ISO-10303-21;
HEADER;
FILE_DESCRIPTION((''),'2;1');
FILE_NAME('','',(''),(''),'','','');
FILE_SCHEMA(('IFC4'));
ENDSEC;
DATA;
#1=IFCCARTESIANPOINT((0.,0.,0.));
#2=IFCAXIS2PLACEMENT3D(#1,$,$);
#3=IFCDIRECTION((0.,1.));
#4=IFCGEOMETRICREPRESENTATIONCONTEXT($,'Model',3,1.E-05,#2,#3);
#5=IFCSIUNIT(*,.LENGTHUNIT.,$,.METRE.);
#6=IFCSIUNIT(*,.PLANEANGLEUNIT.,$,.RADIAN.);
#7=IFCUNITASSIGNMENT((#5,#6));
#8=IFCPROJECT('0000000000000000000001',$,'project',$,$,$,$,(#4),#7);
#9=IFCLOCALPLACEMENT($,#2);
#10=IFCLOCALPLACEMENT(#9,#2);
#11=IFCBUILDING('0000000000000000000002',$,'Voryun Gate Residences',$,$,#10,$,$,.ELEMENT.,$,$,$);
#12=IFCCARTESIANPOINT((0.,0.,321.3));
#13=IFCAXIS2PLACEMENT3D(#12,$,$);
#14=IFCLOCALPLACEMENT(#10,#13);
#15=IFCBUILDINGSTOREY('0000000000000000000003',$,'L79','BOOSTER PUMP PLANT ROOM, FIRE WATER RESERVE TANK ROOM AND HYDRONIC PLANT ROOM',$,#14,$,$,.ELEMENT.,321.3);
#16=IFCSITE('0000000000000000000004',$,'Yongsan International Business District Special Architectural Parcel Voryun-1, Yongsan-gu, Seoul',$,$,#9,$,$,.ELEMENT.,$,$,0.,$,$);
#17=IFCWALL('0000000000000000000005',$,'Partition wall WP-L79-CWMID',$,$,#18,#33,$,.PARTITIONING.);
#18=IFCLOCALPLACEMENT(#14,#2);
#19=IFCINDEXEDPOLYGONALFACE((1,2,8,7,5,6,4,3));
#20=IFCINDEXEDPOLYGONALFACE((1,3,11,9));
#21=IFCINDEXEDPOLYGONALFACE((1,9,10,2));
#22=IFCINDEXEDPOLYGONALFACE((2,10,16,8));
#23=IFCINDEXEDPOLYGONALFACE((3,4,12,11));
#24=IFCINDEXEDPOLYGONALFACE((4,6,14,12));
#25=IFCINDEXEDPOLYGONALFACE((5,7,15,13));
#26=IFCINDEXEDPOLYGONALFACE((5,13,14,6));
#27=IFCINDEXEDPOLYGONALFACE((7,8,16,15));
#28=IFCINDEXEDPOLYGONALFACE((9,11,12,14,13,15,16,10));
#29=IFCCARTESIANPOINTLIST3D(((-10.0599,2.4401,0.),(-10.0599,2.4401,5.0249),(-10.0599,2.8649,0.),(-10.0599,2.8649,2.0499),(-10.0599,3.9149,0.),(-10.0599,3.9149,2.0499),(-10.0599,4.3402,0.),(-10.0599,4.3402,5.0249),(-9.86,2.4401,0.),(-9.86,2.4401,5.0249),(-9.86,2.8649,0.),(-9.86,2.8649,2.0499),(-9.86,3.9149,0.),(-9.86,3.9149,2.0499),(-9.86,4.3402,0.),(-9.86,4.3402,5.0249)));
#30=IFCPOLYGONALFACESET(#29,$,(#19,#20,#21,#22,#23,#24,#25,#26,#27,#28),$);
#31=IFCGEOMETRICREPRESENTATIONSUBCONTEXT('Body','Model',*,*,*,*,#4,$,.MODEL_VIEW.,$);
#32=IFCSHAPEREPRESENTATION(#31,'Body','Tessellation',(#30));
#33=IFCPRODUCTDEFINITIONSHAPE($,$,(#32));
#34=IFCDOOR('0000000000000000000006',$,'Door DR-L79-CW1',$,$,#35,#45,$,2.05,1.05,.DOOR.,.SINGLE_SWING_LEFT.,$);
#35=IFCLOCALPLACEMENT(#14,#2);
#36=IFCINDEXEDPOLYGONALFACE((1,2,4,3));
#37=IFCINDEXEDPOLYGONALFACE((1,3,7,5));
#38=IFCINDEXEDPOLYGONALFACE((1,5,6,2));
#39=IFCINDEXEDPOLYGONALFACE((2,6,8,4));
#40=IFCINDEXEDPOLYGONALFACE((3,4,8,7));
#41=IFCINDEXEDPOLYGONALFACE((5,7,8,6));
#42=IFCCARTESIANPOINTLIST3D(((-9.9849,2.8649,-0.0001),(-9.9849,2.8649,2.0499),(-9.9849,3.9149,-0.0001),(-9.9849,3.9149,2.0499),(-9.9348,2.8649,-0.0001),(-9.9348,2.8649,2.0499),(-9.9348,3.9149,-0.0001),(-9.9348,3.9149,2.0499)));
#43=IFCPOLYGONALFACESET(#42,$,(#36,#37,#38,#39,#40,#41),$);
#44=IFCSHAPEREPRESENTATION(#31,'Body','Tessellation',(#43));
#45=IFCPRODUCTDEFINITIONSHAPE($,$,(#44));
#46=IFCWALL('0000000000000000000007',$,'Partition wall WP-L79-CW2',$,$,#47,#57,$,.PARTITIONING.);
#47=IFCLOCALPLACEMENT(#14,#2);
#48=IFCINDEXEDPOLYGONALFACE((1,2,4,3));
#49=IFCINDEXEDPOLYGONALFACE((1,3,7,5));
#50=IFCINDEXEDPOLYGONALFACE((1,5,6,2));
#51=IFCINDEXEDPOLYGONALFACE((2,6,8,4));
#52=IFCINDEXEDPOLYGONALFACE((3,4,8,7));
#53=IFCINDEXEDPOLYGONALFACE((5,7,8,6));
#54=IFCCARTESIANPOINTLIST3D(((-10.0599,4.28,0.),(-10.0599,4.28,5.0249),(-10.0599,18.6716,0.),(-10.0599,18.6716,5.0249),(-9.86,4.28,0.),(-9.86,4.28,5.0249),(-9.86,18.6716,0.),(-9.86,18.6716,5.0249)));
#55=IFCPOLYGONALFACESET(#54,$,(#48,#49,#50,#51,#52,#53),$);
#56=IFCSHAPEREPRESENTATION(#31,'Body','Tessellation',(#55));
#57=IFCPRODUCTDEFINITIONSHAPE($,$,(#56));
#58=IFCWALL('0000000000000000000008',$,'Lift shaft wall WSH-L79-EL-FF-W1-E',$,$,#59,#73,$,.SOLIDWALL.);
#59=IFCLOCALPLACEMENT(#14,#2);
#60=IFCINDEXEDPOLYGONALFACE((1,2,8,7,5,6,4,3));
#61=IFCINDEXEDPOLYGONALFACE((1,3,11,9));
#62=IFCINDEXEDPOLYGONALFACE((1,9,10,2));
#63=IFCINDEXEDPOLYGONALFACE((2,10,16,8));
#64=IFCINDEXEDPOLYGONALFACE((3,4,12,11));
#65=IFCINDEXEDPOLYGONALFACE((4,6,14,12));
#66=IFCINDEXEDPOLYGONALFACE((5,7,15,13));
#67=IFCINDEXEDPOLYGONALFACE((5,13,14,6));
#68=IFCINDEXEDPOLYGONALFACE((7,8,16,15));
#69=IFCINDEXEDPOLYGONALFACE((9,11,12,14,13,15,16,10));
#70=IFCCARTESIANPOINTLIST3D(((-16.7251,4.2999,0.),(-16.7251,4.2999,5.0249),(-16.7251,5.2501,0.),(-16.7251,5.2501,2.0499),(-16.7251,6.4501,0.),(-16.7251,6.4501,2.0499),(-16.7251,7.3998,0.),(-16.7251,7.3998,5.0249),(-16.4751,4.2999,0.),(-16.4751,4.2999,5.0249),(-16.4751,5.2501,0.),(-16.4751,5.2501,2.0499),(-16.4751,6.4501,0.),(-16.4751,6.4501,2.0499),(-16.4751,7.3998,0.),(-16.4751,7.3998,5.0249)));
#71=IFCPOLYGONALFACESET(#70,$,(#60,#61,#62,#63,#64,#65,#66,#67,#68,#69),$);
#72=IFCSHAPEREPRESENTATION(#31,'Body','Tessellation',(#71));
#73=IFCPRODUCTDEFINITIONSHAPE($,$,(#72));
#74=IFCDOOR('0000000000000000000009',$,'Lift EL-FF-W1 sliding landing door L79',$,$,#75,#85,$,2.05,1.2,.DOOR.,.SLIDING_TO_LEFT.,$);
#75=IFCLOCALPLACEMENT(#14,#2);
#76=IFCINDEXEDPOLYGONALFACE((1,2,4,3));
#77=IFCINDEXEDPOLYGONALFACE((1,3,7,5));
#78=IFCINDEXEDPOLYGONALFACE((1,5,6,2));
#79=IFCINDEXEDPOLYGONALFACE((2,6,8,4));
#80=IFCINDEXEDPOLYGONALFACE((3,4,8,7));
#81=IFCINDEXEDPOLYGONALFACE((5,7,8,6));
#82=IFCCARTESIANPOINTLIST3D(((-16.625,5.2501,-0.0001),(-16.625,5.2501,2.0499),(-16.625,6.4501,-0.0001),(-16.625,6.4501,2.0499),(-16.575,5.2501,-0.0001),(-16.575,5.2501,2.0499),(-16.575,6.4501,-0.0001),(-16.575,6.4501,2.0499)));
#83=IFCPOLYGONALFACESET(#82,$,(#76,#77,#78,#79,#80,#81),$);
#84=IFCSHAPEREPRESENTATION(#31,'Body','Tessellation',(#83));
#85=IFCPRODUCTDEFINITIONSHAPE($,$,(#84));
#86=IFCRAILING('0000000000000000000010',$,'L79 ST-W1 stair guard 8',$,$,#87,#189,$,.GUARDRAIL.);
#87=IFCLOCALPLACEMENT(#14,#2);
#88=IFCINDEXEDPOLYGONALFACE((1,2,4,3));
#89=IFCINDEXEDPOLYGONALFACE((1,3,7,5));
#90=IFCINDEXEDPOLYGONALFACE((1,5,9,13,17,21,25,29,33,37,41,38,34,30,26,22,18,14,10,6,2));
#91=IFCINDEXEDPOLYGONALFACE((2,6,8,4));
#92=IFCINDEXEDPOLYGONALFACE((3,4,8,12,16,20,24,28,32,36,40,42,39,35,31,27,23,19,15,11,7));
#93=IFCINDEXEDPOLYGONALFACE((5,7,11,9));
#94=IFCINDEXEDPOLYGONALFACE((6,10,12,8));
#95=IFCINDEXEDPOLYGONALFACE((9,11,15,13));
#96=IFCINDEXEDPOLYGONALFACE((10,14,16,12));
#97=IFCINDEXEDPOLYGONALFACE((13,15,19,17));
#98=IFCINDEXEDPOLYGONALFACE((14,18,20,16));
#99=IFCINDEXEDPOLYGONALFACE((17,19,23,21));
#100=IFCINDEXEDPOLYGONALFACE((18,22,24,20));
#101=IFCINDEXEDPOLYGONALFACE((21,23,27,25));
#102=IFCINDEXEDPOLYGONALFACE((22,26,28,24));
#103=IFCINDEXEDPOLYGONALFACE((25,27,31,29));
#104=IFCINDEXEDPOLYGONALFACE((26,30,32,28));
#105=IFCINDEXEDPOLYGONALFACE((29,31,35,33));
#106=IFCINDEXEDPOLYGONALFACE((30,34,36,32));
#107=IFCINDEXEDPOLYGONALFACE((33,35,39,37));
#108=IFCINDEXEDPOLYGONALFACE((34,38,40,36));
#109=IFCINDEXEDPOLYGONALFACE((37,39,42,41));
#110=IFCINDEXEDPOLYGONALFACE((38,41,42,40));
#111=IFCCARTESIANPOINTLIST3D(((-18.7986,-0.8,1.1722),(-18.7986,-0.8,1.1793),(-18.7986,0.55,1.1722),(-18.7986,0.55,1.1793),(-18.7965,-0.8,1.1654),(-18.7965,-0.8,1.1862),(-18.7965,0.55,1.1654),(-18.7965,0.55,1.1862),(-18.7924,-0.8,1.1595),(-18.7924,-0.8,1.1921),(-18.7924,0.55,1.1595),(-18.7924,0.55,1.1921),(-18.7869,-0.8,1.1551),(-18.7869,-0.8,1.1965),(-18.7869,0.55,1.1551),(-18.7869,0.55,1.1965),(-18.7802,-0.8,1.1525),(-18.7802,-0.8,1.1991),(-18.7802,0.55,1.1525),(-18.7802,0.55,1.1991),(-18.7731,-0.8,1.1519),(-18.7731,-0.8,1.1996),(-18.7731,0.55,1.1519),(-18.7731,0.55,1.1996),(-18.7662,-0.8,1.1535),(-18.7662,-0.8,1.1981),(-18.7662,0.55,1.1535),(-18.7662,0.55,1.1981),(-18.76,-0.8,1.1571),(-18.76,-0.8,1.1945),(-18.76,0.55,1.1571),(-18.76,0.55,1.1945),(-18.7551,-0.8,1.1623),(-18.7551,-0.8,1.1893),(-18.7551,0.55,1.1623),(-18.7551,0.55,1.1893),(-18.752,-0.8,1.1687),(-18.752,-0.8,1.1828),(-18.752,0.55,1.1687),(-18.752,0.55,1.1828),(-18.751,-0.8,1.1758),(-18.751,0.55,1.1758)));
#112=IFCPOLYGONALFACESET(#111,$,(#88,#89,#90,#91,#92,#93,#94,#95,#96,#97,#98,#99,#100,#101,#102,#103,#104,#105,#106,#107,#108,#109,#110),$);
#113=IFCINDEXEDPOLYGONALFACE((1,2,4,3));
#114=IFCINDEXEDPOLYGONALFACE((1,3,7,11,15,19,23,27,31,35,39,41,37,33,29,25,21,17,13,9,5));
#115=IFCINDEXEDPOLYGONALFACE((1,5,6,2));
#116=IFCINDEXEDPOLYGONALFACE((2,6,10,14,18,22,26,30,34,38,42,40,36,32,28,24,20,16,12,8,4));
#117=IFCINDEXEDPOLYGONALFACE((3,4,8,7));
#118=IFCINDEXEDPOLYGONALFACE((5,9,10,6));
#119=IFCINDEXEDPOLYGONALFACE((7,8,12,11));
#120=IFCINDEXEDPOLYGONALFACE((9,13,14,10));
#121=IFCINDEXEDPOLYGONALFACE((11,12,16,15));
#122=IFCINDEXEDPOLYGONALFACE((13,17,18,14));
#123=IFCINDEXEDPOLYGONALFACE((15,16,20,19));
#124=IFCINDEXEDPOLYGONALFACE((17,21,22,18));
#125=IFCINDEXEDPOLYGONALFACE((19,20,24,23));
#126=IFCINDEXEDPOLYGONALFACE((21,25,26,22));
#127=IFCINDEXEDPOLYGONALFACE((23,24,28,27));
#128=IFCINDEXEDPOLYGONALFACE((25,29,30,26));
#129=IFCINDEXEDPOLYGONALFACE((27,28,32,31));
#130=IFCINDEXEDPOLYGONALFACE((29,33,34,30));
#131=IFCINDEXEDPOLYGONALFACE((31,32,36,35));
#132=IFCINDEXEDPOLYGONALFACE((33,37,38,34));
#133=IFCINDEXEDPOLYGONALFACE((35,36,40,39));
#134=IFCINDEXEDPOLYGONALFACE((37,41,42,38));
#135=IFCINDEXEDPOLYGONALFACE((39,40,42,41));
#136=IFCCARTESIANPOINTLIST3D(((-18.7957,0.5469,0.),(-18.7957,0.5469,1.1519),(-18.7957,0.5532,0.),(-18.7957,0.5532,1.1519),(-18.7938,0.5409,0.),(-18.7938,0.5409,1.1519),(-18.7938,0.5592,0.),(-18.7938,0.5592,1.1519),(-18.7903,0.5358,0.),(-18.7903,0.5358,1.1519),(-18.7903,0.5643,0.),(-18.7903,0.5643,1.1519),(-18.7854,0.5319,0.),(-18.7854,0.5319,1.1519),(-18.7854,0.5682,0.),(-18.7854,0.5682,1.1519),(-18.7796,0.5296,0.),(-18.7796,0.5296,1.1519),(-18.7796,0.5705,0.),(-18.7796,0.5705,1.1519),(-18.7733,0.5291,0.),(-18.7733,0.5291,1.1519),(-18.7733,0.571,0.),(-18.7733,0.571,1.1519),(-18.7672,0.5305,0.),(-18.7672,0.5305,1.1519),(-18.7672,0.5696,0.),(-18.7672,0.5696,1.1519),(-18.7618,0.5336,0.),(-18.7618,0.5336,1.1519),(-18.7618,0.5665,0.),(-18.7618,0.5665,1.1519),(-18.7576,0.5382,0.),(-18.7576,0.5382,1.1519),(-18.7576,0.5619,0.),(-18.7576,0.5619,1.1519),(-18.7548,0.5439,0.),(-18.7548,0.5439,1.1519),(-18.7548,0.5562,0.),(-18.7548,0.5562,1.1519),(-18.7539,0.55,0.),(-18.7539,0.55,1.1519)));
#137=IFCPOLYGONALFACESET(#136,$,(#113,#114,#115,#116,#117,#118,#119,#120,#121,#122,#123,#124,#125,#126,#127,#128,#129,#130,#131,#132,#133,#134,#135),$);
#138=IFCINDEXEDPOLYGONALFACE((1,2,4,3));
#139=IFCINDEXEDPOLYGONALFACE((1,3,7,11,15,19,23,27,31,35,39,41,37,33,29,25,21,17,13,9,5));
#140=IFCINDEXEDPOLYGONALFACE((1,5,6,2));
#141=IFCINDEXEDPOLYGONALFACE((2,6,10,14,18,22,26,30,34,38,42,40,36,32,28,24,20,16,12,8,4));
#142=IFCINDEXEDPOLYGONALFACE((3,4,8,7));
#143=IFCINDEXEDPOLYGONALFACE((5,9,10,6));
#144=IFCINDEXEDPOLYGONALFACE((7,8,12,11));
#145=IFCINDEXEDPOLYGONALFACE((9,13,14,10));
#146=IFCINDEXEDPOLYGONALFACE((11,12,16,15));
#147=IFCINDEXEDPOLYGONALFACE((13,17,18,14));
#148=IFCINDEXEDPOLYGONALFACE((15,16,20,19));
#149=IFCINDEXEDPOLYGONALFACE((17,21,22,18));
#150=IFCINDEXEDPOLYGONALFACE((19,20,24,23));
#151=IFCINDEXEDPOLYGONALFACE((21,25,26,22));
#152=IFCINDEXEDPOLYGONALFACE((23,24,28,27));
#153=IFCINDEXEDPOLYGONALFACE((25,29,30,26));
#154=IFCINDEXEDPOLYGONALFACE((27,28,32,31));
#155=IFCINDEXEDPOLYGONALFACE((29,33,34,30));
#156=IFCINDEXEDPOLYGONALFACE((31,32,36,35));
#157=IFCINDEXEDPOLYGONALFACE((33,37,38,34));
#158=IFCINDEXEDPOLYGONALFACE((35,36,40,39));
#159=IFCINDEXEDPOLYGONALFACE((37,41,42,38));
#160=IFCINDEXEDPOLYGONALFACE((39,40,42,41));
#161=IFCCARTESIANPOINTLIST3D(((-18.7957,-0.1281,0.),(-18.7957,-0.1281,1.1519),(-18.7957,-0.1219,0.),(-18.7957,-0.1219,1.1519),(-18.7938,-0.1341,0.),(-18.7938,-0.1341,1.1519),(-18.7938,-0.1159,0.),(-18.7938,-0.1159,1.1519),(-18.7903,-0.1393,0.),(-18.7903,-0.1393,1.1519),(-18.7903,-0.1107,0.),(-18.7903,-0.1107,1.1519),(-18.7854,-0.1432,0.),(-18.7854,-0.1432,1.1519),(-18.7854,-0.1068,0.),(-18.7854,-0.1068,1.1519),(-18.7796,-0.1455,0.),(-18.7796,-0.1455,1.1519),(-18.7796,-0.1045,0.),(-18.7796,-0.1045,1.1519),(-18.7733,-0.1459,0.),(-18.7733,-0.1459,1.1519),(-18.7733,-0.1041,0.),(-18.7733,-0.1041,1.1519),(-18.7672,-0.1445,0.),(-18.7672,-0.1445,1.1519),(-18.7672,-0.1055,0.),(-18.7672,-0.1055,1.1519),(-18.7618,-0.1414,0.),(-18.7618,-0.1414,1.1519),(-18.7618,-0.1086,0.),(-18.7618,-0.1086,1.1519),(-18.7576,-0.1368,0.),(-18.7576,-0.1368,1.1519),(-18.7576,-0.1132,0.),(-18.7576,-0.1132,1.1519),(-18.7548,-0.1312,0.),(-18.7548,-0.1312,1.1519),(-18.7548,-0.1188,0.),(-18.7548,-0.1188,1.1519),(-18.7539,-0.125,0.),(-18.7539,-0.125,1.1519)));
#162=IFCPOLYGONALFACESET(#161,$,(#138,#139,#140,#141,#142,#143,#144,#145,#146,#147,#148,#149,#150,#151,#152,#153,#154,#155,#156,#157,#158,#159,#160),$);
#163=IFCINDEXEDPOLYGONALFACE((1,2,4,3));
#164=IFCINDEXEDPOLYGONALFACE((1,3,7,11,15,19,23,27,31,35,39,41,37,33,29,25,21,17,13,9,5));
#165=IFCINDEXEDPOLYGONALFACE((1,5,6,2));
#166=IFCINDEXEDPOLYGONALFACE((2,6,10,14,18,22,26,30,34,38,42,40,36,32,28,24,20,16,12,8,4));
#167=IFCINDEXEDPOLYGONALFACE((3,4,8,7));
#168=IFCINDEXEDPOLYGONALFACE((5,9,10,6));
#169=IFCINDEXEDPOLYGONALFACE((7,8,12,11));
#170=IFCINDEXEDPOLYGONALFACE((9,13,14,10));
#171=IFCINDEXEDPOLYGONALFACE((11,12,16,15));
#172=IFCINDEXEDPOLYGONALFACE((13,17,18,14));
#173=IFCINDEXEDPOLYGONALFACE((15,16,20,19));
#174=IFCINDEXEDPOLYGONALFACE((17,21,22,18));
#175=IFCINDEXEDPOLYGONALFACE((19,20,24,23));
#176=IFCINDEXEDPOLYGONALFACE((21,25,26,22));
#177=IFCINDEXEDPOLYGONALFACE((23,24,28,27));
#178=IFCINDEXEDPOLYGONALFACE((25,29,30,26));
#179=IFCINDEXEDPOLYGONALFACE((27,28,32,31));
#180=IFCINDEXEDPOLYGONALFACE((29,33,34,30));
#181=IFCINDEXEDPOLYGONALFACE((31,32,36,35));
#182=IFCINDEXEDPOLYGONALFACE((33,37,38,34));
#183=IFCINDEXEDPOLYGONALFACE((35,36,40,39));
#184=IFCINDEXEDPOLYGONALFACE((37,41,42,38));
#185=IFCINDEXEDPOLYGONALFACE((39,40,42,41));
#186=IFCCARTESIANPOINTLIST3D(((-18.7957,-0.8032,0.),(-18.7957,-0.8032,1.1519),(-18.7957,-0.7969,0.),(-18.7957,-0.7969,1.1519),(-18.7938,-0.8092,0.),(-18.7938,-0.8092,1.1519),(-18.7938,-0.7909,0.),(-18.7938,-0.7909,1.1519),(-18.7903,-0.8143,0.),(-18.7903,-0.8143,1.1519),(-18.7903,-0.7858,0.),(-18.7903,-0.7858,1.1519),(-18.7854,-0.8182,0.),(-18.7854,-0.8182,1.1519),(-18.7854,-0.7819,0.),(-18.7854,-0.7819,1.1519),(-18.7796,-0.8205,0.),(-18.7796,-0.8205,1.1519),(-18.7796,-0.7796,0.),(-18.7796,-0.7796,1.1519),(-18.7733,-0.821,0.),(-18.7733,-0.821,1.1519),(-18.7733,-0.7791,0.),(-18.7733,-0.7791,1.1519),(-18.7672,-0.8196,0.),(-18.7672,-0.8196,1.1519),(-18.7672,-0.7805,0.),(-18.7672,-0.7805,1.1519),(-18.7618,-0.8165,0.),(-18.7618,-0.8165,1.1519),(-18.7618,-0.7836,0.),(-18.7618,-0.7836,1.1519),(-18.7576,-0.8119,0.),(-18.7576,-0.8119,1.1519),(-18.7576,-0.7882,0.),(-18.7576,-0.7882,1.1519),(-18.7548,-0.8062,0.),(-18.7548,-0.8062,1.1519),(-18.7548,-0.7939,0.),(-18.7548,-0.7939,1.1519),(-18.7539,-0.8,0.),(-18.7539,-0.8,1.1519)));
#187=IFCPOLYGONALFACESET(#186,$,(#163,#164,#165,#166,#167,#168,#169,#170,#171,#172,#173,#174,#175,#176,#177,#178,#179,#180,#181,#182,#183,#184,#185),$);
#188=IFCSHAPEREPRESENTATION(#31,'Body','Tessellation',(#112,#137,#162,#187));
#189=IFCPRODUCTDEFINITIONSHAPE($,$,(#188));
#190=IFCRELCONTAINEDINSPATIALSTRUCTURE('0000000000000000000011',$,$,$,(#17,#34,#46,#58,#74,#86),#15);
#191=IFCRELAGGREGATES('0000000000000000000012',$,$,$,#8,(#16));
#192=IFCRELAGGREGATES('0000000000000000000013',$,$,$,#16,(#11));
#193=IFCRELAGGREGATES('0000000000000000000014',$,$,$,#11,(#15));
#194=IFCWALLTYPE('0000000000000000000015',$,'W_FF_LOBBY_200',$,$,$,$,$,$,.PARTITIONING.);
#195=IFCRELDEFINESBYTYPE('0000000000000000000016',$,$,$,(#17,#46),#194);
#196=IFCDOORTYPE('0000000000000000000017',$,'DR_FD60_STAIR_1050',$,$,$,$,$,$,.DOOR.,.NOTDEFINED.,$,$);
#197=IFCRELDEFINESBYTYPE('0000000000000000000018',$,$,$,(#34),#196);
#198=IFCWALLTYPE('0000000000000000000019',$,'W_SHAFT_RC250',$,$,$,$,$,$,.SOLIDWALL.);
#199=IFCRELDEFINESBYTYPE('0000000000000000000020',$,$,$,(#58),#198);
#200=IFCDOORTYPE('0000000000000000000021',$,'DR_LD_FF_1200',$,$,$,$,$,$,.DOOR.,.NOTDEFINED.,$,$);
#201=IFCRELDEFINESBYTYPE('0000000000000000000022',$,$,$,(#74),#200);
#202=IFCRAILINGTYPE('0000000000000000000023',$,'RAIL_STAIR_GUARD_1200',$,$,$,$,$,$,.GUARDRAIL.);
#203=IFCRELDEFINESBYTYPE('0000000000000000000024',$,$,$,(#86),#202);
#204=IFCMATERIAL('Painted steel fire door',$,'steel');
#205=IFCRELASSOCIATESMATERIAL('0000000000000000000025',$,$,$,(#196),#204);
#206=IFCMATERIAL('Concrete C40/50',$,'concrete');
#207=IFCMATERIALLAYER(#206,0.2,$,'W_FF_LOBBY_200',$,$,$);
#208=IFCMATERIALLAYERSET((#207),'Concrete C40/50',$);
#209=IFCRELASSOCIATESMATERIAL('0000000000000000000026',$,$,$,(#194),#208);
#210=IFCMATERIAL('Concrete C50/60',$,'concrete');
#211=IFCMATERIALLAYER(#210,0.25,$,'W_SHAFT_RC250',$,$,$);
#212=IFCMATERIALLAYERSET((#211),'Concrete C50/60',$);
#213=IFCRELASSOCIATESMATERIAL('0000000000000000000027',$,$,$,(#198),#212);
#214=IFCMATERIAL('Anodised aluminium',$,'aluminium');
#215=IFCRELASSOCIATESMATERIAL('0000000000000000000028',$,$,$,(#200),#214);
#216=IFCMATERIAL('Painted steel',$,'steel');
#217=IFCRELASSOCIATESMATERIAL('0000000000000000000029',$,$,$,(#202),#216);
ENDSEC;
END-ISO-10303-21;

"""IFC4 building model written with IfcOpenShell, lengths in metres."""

from ifc_helpers import new_model, si_unit, direction, frame, frame_2d, origin, origin_2d, place, context, subcontext, project, spatial, rectangle, circle, extrude, material, layer, layer_set, type_object, element, fill, save


model = new_model("IFC4")

# Units and contexts
model_context = context("Model", 3, precision=1e-05, world=origin(), true_north=direction((0.0, 1.0)))
body_context = subcontext(model_context, "Body", "Model", "MODEL_VIEW")
ifc_project = project(units=[si_unit("LENGTHUNIT", "METRE"), si_unit("PLANEANGLEUNIT", "RADIAN")], contexts=[model_context])

# Site, building, storey
site_placement = place(None, origin())
site = spatial("IfcSite", under=ifc_project, at=site_placement, Name="Yongsan International Business District Special Architectural Parcel Voryun-1, Yongsan-gu, Seoul", CompositionType="ELEMENT", RefElevation=0.0)
building_placement = place(site_placement, origin())
building = spatial("IfcBuilding", under=site, at=building_placement, Name="Voryun Gate Residences", CompositionType="ELEMENT")
storey_placement = place(building_placement, frame((0.0, 0.0, 321.3)))
storey = spatial("IfcBuildingStorey", under=building, at=storey_placement, Name="L79", Description="BOOSTER PUMP PLANT ROOM, FIRE WATER RESERVE TANK ROOM AND HYDRONIC PLANT ROOM", CompositionType="ELEMENT", Elevation=321.3)

# Shared definitions
ifc_material_1 = material(Name="Painted steel fire door", Category="steel")
door_type_1 = type_object("IfcDoorType", Name="DR_FD60_STAIR_1050", OperationType="NOTDEFINED", PredefinedType="DOOR", material=ifc_material_1)

# Shared definitions
ifc_material_2 = material(Name="Concrete C40/50", Category="concrete")
ifc_layer_1 = layer(ifc_material_2, 0.2, Name="W_FF_LOBBY_200")
ifc_layer_set_1 = layer_set([ifc_layer_1], Name="Concrete C40/50")
wall_type_1 = type_object("IfcWallType", Name="W_FF_LOBBY_200", PredefinedType="PARTITIONING", material=ifc_layer_set_1)

# Wall, opening, door
wall_1_placement = place(storey_placement, frame((-9.96, 2.4399, 0.0), z_axis=(0.0, 0.0, 1.0), x_axis=(0.0, 1.0, 0.0)))
wall_1 = element("IfcWall", 1, at=wall_1_placement, inside=storey, type_object=wall_type_1, Name="Partition wall WP-L79-CWMID", PredefinedType="PARTITIONING", context=body_context, shape_type="SweptSolid", body=[
    extrude(rectangle(XDim=1.9001, YDim=0.2, at=frame_2d((0.9502, 0.0))), origin(), (0.0, 0.0, 1.0), 5.0249),
])
opening_1_placement = place(wall_1_placement, frame((0.425, 0.0, 0.0)))
opening_1 = element("IfcOpeningElement", 2, at=opening_1_placement, cuts=wall_1, PredefinedType="OPENING", context=body_context, shape_type="SweptSolid", body=[
    extrude(rectangle(XDim=1.05, YDim=2.05, at=frame_2d((0.5249, 1.0249))), frame((0.0, 0.1101, 0.0), z_axis=(0.0, -1.0, 0.0), x_axis=(1.0, 0.0, 0.0)), (0.0, 0.0, 1.0), 0.22),
])
door_1_placement = place(opening_1_placement, origin())
door_1 = element("IfcDoor", 3, at=door_1_placement, inside=storey, type_object=door_type_1, Name="Door DR-L79-CW1", OperationType="SINGLE_SWING_LEFT", OverallHeight=2.05, OverallWidth=1.05, PredefinedType="DOOR", context=body_context, shape_type="SweptSolid", body=[
    extrude(rectangle(XDim=1.05, YDim=2.05, at=frame_2d((0.5249, 1.0249))), frame((0.0, 0.0249, 0.0), z_axis=(0.0, -1.0, 0.0), x_axis=(1.0, 0.0, 0.0)), (0.0, 0.0, 1.0), 0.05),
])
fill(opening_1, door_1)

# Wall
wall_2_placement = place(storey_placement, frame((-9.96, 4.28, 0.0), z_axis=(0.0, 0.0, 1.0), x_axis=(0.0, 1.0, 0.0)))
element("IfcWall", 4, at=wall_2_placement, inside=storey, type_object=wall_type_1, Name="Partition wall WP-L79-CW2", PredefinedType="PARTITIONING", context=body_context, shape_type="SweptSolid", body=[
    extrude(rectangle(XDim=14.3916, YDim=0.2, at=frame_2d((7.1958, 0.0))), origin(), (0.0, 0.0, 1.0), 5.0249),
])

# Wall, opening, door
ifc_material_3 = material(Name="Concrete C50/60", Category="concrete")
ifc_layer_2 = layer(ifc_material_3, 0.25, Name="W_SHAFT_RC250")
ifc_layer_set_2 = layer_set([ifc_layer_2], Name="Concrete C50/60")
wall_type_2 = type_object("IfcWallType", Name="W_SHAFT_RC250", PredefinedType="SOLIDWALL", material=ifc_layer_set_2)
wall_3_placement = place(storey_placement, frame((-16.6001, 4.3, 0.0), z_axis=(0.0, 0.0, 1.0), x_axis=(0.0, 1.0, 0.0)))
wall_3 = element("IfcWall", 5, at=wall_3_placement, inside=storey, type_object=wall_type_2, Name="Lift shaft wall WSH-L79-EL-FF-W1-E", PredefinedType="SOLIDWALL", context=body_context, shape_type="SweptSolid", body=[
    extrude(rectangle(XDim=3.0999, YDim=0.25, at=frame_2d((1.5498, 0.0))), origin(), (0.0, 0.0, 1.0), 5.0249),
])
opening_2_placement = place(wall_3_placement, frame((0.95, 0.0, 0.0)))
opening_2 = element("IfcOpeningElement", 6, at=opening_2_placement, cuts=wall_3, PredefinedType="OPENING", context=body_context, shape_type="SweptSolid", body=[
    extrude(rectangle(XDim=1.2, YDim=2.05, at=frame_2d((0.6001, 1.0249))), frame((0.0, 0.135, 0.0), z_axis=(0.0, -1.0, 0.0), x_axis=(1.0, 0.0, 0.0)), (0.0, 0.0, 1.0), 0.27),
])
ifc_material_4 = material(Name="Anodised aluminium", Category="aluminium")
door_type_2 = type_object("IfcDoorType", Name="DR_LD_FF_1200", OperationType="NOTDEFINED", PredefinedType="DOOR", material=ifc_material_4)
door_2_placement = place(opening_2_placement, origin())
door_2 = element("IfcDoor", 7, at=door_2_placement, inside=storey, type_object=door_type_2, Name="Lift EL-FF-W1 sliding landing door L79", OperationType="SLIDING_TO_LEFT", OverallHeight=2.05, OverallWidth=1.2, PredefinedType="DOOR", context=body_context, shape_type="SweptSolid", body=[
    extrude(rectangle(XDim=1.2, YDim=2.05, at=frame_2d((0.6001, 1.0249))), frame((0.0, 0.0249, 0.0), z_axis=(0.0, -1.0, 0.0), x_axis=(1.0, 0.0, 0.0)), (0.0, 0.0, 1.0), 0.05),
])
fill(opening_2, door_2)

# Railing
ifc_material_5 = material(Name="Painted steel", Category="steel")
railing_type = type_object("IfcRailingType", Name="RAIL_STAIR_GUARD_1200", PredefinedType="GUARDRAIL", material=ifc_material_5)
for number, where, name in (
    (8, (-18.7749, 0.55, 0.0), "L79 ST-W1 stair guard 8"),
):
    element("IfcRailing", number, at=place(storey_placement, frame(where)), inside=storey, type_object=railing_type, Name=name, PredefinedType="GUARDRAIL", context=body_context, shape_type="SweptSolid", body=[
        extrude(circle(Radius=0.0239, at=origin_2d()), frame((0.0, 0.0, 1.1758), z_axis=(0.0, -1.0, 0.0), x_axis=(1.0, 0.0, 0.0)), (0.0, 0.0, 1.0), 1.3501),
        extrude(circle(Radius=0.021, at=origin_2d()), origin(), (0.0, 0.0, 1.0), 1.1519),
        extrude(circle(Radius=0.021, at=origin_2d()), frame((0.0, -0.675, 0.0)), (0.0, 0.0, 1.0), 1.1519),
        extrude(circle(Radius=0.021, at=origin_2d()), frame((0.0, -1.3501, 0.0)), (0.0, 0.0, 1.0), 1.1519),
    ])

save(model, "model.ifc")
